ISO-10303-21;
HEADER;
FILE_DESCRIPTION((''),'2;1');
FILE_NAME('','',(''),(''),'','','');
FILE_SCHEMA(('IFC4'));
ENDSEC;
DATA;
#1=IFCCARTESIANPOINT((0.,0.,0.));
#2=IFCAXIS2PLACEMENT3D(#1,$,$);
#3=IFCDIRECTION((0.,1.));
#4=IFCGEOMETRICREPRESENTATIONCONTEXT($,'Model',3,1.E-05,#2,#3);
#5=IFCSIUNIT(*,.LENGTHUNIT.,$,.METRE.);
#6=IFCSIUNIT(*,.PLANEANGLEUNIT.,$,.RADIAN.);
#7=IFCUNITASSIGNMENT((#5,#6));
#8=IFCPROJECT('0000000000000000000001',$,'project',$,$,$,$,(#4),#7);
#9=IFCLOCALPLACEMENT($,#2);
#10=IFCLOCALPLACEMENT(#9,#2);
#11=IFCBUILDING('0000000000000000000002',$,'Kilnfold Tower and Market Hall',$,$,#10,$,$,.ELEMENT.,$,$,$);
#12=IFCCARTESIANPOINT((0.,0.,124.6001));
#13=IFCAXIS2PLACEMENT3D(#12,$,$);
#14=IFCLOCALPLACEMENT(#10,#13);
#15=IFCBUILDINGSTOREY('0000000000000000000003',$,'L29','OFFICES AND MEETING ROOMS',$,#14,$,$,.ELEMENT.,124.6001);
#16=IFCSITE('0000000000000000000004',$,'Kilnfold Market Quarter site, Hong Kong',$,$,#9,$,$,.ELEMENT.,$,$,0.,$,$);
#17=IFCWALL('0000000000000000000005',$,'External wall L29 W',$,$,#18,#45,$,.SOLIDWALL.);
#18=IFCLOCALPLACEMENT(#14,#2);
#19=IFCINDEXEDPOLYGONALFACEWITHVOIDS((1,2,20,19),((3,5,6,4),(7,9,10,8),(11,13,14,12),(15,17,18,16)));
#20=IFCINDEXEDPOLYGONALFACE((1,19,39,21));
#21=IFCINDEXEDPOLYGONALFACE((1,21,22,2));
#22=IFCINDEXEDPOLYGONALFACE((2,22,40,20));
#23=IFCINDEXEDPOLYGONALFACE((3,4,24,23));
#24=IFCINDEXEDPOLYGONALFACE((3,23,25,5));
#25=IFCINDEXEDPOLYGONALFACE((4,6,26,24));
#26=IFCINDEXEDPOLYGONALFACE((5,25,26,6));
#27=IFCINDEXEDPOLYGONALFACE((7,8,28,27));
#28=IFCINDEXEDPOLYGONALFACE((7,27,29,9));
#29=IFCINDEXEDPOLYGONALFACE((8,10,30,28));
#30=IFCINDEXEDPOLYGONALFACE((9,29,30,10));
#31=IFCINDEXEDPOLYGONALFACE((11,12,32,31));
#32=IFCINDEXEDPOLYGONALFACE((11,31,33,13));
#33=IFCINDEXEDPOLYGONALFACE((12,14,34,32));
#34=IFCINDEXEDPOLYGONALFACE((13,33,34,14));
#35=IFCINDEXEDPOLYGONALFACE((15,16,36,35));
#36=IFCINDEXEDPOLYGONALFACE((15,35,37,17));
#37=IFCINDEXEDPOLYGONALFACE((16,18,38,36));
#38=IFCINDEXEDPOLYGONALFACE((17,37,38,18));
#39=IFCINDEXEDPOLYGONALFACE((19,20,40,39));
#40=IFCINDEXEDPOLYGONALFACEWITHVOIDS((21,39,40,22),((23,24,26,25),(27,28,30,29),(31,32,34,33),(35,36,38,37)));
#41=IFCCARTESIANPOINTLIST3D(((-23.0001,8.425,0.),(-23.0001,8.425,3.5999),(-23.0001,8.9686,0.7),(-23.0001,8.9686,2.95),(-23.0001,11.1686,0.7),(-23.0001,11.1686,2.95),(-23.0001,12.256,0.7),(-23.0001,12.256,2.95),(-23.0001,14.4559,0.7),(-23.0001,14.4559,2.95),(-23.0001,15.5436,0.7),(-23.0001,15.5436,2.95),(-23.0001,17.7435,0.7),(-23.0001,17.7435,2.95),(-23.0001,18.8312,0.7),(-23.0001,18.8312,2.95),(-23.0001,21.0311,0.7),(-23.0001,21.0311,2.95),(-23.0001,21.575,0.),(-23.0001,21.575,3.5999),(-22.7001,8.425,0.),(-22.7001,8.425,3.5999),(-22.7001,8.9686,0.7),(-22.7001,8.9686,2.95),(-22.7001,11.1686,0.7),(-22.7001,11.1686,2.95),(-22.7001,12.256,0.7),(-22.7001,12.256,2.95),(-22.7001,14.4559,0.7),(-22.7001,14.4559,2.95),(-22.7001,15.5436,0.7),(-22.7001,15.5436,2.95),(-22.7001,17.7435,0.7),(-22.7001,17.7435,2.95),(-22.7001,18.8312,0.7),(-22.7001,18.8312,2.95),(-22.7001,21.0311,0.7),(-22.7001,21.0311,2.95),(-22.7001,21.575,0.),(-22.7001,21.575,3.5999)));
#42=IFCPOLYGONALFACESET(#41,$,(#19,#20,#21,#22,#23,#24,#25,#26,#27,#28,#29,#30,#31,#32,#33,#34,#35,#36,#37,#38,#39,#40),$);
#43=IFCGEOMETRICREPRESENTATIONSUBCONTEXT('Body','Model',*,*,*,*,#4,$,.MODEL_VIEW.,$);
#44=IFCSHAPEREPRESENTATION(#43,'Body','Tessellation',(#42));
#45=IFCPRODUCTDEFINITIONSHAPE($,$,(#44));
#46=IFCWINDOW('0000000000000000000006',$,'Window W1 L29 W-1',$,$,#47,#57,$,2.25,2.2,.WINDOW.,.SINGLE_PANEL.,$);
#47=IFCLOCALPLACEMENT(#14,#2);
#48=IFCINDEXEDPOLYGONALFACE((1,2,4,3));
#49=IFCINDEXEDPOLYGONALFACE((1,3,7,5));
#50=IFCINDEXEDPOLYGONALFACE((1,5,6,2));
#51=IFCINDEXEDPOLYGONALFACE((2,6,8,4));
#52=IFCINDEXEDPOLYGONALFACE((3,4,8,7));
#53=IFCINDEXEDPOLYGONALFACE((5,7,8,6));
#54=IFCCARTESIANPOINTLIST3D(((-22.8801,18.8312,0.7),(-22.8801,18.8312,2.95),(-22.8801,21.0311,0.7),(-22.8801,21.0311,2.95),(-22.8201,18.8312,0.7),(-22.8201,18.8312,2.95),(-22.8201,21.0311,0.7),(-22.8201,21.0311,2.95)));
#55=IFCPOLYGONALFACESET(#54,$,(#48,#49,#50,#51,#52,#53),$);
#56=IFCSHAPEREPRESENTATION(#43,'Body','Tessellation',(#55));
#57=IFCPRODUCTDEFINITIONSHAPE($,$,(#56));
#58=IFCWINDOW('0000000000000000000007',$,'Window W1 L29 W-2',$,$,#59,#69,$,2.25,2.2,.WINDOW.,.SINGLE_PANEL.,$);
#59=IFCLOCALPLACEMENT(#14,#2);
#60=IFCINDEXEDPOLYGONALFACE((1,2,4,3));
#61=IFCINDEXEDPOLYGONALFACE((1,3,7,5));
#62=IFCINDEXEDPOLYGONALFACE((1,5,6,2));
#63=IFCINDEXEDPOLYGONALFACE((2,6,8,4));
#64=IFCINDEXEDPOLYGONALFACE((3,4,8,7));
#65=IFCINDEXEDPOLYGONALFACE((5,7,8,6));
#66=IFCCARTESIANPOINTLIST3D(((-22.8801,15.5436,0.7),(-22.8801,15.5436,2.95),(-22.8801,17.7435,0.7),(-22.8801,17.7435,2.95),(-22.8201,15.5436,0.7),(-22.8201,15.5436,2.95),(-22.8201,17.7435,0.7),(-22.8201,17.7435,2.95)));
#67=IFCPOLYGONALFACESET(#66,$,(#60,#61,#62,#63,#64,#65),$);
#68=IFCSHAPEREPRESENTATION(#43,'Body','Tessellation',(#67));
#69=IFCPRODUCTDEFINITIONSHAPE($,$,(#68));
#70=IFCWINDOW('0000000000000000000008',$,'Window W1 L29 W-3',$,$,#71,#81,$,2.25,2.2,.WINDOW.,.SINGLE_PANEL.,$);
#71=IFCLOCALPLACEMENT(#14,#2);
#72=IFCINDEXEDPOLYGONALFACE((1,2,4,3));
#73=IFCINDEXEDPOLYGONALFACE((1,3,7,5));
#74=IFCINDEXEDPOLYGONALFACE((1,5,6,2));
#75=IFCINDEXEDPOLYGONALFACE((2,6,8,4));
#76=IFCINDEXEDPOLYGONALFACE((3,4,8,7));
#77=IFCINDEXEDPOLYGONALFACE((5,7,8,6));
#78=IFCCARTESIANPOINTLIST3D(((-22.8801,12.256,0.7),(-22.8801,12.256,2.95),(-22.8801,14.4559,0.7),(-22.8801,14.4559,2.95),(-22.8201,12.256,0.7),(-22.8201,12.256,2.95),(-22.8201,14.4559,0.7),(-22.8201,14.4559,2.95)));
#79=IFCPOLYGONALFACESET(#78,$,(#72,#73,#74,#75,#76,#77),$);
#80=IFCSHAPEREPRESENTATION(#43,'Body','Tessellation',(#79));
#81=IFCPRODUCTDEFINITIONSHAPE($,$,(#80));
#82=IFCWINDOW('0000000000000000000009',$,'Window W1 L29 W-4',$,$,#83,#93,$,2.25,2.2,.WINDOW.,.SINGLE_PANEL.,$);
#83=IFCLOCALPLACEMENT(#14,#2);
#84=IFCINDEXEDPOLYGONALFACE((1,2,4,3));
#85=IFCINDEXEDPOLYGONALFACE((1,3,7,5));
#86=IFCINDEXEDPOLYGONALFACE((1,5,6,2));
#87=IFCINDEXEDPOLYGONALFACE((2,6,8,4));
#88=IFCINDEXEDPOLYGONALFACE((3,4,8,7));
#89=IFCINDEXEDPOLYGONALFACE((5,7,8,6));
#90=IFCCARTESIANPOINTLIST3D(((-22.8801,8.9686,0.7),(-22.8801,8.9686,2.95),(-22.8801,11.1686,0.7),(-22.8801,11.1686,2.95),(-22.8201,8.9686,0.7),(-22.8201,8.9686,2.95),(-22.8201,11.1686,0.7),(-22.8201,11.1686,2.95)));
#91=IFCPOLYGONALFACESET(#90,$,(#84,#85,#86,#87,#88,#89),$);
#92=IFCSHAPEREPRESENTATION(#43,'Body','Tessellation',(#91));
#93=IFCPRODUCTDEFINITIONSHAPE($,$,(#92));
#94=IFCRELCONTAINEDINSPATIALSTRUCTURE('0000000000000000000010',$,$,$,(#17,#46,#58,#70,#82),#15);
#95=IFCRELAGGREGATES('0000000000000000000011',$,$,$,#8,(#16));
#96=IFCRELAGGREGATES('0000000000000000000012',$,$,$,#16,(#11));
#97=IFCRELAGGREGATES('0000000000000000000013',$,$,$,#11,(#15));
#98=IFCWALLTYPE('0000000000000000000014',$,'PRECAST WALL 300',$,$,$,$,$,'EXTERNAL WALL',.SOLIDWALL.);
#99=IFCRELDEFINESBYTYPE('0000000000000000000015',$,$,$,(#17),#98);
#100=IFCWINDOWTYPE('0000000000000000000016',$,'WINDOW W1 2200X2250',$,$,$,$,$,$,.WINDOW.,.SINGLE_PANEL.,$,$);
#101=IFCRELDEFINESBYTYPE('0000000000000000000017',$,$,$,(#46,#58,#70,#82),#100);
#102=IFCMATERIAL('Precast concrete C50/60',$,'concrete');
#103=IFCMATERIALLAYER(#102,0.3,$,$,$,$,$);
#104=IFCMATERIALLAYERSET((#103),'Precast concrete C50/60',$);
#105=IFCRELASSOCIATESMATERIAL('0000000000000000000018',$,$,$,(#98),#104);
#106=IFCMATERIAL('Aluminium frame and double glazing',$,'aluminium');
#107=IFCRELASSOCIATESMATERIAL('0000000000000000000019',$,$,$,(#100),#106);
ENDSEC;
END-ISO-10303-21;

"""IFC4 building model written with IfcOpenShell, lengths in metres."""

from ifc_helpers import new_model, si_unit, direction, frame, frame_2d, origin, place, context, subcontext, project, spatial, rectangle, extrude, source, transform, mapped, material, layer, layer_set, type_object, element, fill, save


model = new_model("IFC4")

# Units and contexts
model_context = context("Model", 3, precision=1e-05, world=origin(), true_north=direction((0.0, 1.0)))
body_context = subcontext(model_context, "Body", "Model", "MODEL_VIEW")
ifc_project = project(units=[si_unit("LENGTHUNIT", "METRE"), si_unit("PLANEANGLEUNIT", "RADIAN")], contexts=[model_context])

# Site, building, storey
site_placement = place(None, origin())
site = spatial("IfcSite", under=ifc_project, at=site_placement, Name="Kilnfold Market Quarter site, Hong Kong", CompositionType="ELEMENT", RefElevation=0.0)
building_placement = place(site_placement, origin())
building = spatial("IfcBuilding", under=site, at=building_placement, Name="Kilnfold Tower and Market Hall", CompositionType="ELEMENT")
storey_placement = place(building_placement, frame((0.0, 0.0, 124.6001)))
storey = spatial("IfcBuildingStorey", under=building, at=storey_placement, Name="L29", Description="OFFICES AND MEETING ROOMS", CompositionType="ELEMENT", Elevation=124.6001)

# Shared definitions
ifc_material_1 = material(Name="Precast concrete C50/60", Category="concrete")
ifc_layer_1 = layer(ifc_material_1, 0.3)
ifc_layer_set_1 = layer_set([ifc_layer_1], Name="Precast concrete C50/60")
wall_type_1 = type_object("IfcWallType", Name="PRECAST WALL 300", ElementType="EXTERNAL WALL", PredefinedType="SOLIDWALL", material=ifc_layer_set_1)
ifc_material_2 = material(Name="Aluminium frame and double glazing", Category="aluminium")
window_type = type_object("IfcWindowType", Name="WINDOW W1 2200X2250", PartitioningType="SINGLE_PANEL", PredefinedType="WINDOW", material=ifc_material_2)

# Wall, openings, windows
shared_shape_1 = source(origin(), body_context, "Body", "SweptSolid", [
    extrude(rectangle(XDim=13.1499, YDim=0.3, at=frame_2d((6.575, 0.0))), origin(), (0.0, 0.0, 1.0), 3.5999),
])
wall_1_placement = place(storey_placement, frame((-22.8501, 21.575, 0.0), z_axis=(0.0, 0.0, 1.0), x_axis=(0.0, -1.0, 0.0)))
wall_1 = element("IfcWall", 1, at=wall_1_placement, inside=storey, type_object=wall_type_1, Name="External wall L29 W", PredefinedType="SOLIDWALL", context=body_context, shape_type="MappedRepresentation", body=[
    mapped(shared_shape_1, transform((0.0, 0.0, 0.0))),
])
opening_1_placement = place(wall_1_placement, frame((0.5437, 0.0, 0.7)))
opening_1 = element("IfcOpeningElement", 2, at=opening_1_placement, cuts=wall_1, PredefinedType="OPENING", context=body_context, shape_type="SweptSolid", body=[
    extrude(rectangle(XDim=2.2, YDim=2.25, at=frame_2d((1.1001, 1.125))), frame((0.0, 0.1602, 0.0), z_axis=(0.0, -1.0, 0.0), x_axis=(1.0, 0.0, 0.0)), (0.0, 0.0, 1.0), 0.3201),
])
opening_2_placement = place(wall_1_placement, frame((3.8313, 0.0, 0.7)))
opening_2 = element("IfcOpeningElement", 3, at=opening_2_placement, cuts=wall_1, PredefinedType="OPENING", context=body_context, shape_type="SweptSolid", body=[
    extrude(rectangle(XDim=2.2, YDim=2.25, at=frame_2d((1.1001, 1.125))), frame((0.0, 0.1602, 0.0), z_axis=(0.0, -1.0, 0.0), x_axis=(1.0, 0.0, 0.0)), (0.0, 0.0, 1.0), 0.3201),
])
opening_3_placement = place(wall_1_placement, frame((7.1189, 0.0, 0.7)))
opening_3 = element("IfcOpeningElement", 4, at=opening_3_placement, cuts=wall_1, PredefinedType="OPENING", context=body_context, shape_type="SweptSolid", body=[
    extrude(rectangle(XDim=2.2, YDim=2.25, at=frame_2d((1.1001, 1.125))), frame((0.0, 0.1602, 0.0), z_axis=(0.0, -1.0, 0.0), x_axis=(1.0, 0.0, 0.0)), (0.0, 0.0, 1.0), 0.3201),
])
opening_4_placement = place(wall_1_placement, frame((10.4062, 0.0, 0.7)))
opening_4 = element("IfcOpeningElement", 5, at=opening_4_placement, cuts=wall_1, PredefinedType="OPENING", context=body_context, shape_type="SweptSolid", body=[
    extrude(rectangle(XDim=2.2, YDim=2.25, at=frame_2d((1.1001, 1.125))), frame((0.0, 0.1602, 0.0), z_axis=(0.0, -1.0, 0.0), x_axis=(1.0, 0.0, 0.0)), (0.0, 0.0, 1.0), 0.3201),
])
window_1_placement = place(opening_1_placement, origin())
window_1 = element("IfcWindow", 6, at=window_1_placement, inside=storey, type_object=window_type, Name="Window W1 L29 W-1", OverallHeight=2.25, OverallWidth=2.2, PartitioningType="SINGLE_PANEL", PredefinedType="WINDOW", context=body_context, shape_type="SweptSolid", body=[
    extrude(rectangle(XDim=2.2, YDim=2.25, at=frame_2d((1.1001, 1.125))), frame((0.0, 0.03, 0.0), z_axis=(0.0, -1.0, 0.0), x_axis=(1.0, 0.0, 0.0)), (0.0, 0.0, 1.0), 0.0601),
])
fill(opening_1, window_1)
window_2_placement = place(opening_2_placement, origin())
window_2 = element("IfcWindow", 7, at=window_2_placement, inside=storey, type_object=window_type, Name="Window W1 L29 W-2", OverallHeight=2.25, OverallWidth=2.2, PartitioningType="SINGLE_PANEL", PredefinedType="WINDOW", context=body_context, shape_type="SweptSolid", body=[
    extrude(rectangle(XDim=2.2, YDim=2.25, at=frame_2d((1.1001, 1.125))), frame((0.0, 0.03, 0.0), z_axis=(0.0, -1.0, 0.0), x_axis=(1.0, 0.0, 0.0)), (0.0, 0.0, 1.0), 0.0601),
])
fill(opening_2, window_2)
window_3_placement = place(opening_3_placement, origin())
window_3 = element("IfcWindow", 8, at=window_3_placement, inside=storey, type_object=window_type, Name="Window W1 L29 W-3", OverallHeight=2.25, OverallWidth=2.2, PartitioningType="SINGLE_PANEL", PredefinedType="WINDOW", context=body_context, shape_type="SweptSolid", body=[
    extrude(rectangle(XDim=2.2, YDim=2.25, at=frame_2d((1.1001, 1.125))), frame((0.0, 0.03, 0.0), z_axis=(0.0, -1.0, 0.0), x_axis=(1.0, 0.0, 0.0)), (0.0, 0.0, 1.0), 0.0601),
])
fill(opening_3, window_3)
window_4_placement = place(opening_4_placement, origin())
window_4 = element("IfcWindow", 9, at=window_4_placement, inside=storey, type_object=window_type, Name="Window W1 L29 W-4", OverallHeight=2.25, OverallWidth=2.2, PartitioningType="SINGLE_PANEL", PredefinedType="WINDOW", context=body_context, shape_type="SweptSolid", body=[
    extrude(rectangle(XDim=2.2, YDim=2.25, at=frame_2d((1.1001, 1.125))), frame((0.0, 0.03, 0.0), z_axis=(0.0, -1.0, 0.0), x_axis=(1.0, 0.0, 0.0)), (0.0, 0.0, 1.0), 0.0601),
])
fill(opening_4, window_4)

save(model, "model.ifc")
